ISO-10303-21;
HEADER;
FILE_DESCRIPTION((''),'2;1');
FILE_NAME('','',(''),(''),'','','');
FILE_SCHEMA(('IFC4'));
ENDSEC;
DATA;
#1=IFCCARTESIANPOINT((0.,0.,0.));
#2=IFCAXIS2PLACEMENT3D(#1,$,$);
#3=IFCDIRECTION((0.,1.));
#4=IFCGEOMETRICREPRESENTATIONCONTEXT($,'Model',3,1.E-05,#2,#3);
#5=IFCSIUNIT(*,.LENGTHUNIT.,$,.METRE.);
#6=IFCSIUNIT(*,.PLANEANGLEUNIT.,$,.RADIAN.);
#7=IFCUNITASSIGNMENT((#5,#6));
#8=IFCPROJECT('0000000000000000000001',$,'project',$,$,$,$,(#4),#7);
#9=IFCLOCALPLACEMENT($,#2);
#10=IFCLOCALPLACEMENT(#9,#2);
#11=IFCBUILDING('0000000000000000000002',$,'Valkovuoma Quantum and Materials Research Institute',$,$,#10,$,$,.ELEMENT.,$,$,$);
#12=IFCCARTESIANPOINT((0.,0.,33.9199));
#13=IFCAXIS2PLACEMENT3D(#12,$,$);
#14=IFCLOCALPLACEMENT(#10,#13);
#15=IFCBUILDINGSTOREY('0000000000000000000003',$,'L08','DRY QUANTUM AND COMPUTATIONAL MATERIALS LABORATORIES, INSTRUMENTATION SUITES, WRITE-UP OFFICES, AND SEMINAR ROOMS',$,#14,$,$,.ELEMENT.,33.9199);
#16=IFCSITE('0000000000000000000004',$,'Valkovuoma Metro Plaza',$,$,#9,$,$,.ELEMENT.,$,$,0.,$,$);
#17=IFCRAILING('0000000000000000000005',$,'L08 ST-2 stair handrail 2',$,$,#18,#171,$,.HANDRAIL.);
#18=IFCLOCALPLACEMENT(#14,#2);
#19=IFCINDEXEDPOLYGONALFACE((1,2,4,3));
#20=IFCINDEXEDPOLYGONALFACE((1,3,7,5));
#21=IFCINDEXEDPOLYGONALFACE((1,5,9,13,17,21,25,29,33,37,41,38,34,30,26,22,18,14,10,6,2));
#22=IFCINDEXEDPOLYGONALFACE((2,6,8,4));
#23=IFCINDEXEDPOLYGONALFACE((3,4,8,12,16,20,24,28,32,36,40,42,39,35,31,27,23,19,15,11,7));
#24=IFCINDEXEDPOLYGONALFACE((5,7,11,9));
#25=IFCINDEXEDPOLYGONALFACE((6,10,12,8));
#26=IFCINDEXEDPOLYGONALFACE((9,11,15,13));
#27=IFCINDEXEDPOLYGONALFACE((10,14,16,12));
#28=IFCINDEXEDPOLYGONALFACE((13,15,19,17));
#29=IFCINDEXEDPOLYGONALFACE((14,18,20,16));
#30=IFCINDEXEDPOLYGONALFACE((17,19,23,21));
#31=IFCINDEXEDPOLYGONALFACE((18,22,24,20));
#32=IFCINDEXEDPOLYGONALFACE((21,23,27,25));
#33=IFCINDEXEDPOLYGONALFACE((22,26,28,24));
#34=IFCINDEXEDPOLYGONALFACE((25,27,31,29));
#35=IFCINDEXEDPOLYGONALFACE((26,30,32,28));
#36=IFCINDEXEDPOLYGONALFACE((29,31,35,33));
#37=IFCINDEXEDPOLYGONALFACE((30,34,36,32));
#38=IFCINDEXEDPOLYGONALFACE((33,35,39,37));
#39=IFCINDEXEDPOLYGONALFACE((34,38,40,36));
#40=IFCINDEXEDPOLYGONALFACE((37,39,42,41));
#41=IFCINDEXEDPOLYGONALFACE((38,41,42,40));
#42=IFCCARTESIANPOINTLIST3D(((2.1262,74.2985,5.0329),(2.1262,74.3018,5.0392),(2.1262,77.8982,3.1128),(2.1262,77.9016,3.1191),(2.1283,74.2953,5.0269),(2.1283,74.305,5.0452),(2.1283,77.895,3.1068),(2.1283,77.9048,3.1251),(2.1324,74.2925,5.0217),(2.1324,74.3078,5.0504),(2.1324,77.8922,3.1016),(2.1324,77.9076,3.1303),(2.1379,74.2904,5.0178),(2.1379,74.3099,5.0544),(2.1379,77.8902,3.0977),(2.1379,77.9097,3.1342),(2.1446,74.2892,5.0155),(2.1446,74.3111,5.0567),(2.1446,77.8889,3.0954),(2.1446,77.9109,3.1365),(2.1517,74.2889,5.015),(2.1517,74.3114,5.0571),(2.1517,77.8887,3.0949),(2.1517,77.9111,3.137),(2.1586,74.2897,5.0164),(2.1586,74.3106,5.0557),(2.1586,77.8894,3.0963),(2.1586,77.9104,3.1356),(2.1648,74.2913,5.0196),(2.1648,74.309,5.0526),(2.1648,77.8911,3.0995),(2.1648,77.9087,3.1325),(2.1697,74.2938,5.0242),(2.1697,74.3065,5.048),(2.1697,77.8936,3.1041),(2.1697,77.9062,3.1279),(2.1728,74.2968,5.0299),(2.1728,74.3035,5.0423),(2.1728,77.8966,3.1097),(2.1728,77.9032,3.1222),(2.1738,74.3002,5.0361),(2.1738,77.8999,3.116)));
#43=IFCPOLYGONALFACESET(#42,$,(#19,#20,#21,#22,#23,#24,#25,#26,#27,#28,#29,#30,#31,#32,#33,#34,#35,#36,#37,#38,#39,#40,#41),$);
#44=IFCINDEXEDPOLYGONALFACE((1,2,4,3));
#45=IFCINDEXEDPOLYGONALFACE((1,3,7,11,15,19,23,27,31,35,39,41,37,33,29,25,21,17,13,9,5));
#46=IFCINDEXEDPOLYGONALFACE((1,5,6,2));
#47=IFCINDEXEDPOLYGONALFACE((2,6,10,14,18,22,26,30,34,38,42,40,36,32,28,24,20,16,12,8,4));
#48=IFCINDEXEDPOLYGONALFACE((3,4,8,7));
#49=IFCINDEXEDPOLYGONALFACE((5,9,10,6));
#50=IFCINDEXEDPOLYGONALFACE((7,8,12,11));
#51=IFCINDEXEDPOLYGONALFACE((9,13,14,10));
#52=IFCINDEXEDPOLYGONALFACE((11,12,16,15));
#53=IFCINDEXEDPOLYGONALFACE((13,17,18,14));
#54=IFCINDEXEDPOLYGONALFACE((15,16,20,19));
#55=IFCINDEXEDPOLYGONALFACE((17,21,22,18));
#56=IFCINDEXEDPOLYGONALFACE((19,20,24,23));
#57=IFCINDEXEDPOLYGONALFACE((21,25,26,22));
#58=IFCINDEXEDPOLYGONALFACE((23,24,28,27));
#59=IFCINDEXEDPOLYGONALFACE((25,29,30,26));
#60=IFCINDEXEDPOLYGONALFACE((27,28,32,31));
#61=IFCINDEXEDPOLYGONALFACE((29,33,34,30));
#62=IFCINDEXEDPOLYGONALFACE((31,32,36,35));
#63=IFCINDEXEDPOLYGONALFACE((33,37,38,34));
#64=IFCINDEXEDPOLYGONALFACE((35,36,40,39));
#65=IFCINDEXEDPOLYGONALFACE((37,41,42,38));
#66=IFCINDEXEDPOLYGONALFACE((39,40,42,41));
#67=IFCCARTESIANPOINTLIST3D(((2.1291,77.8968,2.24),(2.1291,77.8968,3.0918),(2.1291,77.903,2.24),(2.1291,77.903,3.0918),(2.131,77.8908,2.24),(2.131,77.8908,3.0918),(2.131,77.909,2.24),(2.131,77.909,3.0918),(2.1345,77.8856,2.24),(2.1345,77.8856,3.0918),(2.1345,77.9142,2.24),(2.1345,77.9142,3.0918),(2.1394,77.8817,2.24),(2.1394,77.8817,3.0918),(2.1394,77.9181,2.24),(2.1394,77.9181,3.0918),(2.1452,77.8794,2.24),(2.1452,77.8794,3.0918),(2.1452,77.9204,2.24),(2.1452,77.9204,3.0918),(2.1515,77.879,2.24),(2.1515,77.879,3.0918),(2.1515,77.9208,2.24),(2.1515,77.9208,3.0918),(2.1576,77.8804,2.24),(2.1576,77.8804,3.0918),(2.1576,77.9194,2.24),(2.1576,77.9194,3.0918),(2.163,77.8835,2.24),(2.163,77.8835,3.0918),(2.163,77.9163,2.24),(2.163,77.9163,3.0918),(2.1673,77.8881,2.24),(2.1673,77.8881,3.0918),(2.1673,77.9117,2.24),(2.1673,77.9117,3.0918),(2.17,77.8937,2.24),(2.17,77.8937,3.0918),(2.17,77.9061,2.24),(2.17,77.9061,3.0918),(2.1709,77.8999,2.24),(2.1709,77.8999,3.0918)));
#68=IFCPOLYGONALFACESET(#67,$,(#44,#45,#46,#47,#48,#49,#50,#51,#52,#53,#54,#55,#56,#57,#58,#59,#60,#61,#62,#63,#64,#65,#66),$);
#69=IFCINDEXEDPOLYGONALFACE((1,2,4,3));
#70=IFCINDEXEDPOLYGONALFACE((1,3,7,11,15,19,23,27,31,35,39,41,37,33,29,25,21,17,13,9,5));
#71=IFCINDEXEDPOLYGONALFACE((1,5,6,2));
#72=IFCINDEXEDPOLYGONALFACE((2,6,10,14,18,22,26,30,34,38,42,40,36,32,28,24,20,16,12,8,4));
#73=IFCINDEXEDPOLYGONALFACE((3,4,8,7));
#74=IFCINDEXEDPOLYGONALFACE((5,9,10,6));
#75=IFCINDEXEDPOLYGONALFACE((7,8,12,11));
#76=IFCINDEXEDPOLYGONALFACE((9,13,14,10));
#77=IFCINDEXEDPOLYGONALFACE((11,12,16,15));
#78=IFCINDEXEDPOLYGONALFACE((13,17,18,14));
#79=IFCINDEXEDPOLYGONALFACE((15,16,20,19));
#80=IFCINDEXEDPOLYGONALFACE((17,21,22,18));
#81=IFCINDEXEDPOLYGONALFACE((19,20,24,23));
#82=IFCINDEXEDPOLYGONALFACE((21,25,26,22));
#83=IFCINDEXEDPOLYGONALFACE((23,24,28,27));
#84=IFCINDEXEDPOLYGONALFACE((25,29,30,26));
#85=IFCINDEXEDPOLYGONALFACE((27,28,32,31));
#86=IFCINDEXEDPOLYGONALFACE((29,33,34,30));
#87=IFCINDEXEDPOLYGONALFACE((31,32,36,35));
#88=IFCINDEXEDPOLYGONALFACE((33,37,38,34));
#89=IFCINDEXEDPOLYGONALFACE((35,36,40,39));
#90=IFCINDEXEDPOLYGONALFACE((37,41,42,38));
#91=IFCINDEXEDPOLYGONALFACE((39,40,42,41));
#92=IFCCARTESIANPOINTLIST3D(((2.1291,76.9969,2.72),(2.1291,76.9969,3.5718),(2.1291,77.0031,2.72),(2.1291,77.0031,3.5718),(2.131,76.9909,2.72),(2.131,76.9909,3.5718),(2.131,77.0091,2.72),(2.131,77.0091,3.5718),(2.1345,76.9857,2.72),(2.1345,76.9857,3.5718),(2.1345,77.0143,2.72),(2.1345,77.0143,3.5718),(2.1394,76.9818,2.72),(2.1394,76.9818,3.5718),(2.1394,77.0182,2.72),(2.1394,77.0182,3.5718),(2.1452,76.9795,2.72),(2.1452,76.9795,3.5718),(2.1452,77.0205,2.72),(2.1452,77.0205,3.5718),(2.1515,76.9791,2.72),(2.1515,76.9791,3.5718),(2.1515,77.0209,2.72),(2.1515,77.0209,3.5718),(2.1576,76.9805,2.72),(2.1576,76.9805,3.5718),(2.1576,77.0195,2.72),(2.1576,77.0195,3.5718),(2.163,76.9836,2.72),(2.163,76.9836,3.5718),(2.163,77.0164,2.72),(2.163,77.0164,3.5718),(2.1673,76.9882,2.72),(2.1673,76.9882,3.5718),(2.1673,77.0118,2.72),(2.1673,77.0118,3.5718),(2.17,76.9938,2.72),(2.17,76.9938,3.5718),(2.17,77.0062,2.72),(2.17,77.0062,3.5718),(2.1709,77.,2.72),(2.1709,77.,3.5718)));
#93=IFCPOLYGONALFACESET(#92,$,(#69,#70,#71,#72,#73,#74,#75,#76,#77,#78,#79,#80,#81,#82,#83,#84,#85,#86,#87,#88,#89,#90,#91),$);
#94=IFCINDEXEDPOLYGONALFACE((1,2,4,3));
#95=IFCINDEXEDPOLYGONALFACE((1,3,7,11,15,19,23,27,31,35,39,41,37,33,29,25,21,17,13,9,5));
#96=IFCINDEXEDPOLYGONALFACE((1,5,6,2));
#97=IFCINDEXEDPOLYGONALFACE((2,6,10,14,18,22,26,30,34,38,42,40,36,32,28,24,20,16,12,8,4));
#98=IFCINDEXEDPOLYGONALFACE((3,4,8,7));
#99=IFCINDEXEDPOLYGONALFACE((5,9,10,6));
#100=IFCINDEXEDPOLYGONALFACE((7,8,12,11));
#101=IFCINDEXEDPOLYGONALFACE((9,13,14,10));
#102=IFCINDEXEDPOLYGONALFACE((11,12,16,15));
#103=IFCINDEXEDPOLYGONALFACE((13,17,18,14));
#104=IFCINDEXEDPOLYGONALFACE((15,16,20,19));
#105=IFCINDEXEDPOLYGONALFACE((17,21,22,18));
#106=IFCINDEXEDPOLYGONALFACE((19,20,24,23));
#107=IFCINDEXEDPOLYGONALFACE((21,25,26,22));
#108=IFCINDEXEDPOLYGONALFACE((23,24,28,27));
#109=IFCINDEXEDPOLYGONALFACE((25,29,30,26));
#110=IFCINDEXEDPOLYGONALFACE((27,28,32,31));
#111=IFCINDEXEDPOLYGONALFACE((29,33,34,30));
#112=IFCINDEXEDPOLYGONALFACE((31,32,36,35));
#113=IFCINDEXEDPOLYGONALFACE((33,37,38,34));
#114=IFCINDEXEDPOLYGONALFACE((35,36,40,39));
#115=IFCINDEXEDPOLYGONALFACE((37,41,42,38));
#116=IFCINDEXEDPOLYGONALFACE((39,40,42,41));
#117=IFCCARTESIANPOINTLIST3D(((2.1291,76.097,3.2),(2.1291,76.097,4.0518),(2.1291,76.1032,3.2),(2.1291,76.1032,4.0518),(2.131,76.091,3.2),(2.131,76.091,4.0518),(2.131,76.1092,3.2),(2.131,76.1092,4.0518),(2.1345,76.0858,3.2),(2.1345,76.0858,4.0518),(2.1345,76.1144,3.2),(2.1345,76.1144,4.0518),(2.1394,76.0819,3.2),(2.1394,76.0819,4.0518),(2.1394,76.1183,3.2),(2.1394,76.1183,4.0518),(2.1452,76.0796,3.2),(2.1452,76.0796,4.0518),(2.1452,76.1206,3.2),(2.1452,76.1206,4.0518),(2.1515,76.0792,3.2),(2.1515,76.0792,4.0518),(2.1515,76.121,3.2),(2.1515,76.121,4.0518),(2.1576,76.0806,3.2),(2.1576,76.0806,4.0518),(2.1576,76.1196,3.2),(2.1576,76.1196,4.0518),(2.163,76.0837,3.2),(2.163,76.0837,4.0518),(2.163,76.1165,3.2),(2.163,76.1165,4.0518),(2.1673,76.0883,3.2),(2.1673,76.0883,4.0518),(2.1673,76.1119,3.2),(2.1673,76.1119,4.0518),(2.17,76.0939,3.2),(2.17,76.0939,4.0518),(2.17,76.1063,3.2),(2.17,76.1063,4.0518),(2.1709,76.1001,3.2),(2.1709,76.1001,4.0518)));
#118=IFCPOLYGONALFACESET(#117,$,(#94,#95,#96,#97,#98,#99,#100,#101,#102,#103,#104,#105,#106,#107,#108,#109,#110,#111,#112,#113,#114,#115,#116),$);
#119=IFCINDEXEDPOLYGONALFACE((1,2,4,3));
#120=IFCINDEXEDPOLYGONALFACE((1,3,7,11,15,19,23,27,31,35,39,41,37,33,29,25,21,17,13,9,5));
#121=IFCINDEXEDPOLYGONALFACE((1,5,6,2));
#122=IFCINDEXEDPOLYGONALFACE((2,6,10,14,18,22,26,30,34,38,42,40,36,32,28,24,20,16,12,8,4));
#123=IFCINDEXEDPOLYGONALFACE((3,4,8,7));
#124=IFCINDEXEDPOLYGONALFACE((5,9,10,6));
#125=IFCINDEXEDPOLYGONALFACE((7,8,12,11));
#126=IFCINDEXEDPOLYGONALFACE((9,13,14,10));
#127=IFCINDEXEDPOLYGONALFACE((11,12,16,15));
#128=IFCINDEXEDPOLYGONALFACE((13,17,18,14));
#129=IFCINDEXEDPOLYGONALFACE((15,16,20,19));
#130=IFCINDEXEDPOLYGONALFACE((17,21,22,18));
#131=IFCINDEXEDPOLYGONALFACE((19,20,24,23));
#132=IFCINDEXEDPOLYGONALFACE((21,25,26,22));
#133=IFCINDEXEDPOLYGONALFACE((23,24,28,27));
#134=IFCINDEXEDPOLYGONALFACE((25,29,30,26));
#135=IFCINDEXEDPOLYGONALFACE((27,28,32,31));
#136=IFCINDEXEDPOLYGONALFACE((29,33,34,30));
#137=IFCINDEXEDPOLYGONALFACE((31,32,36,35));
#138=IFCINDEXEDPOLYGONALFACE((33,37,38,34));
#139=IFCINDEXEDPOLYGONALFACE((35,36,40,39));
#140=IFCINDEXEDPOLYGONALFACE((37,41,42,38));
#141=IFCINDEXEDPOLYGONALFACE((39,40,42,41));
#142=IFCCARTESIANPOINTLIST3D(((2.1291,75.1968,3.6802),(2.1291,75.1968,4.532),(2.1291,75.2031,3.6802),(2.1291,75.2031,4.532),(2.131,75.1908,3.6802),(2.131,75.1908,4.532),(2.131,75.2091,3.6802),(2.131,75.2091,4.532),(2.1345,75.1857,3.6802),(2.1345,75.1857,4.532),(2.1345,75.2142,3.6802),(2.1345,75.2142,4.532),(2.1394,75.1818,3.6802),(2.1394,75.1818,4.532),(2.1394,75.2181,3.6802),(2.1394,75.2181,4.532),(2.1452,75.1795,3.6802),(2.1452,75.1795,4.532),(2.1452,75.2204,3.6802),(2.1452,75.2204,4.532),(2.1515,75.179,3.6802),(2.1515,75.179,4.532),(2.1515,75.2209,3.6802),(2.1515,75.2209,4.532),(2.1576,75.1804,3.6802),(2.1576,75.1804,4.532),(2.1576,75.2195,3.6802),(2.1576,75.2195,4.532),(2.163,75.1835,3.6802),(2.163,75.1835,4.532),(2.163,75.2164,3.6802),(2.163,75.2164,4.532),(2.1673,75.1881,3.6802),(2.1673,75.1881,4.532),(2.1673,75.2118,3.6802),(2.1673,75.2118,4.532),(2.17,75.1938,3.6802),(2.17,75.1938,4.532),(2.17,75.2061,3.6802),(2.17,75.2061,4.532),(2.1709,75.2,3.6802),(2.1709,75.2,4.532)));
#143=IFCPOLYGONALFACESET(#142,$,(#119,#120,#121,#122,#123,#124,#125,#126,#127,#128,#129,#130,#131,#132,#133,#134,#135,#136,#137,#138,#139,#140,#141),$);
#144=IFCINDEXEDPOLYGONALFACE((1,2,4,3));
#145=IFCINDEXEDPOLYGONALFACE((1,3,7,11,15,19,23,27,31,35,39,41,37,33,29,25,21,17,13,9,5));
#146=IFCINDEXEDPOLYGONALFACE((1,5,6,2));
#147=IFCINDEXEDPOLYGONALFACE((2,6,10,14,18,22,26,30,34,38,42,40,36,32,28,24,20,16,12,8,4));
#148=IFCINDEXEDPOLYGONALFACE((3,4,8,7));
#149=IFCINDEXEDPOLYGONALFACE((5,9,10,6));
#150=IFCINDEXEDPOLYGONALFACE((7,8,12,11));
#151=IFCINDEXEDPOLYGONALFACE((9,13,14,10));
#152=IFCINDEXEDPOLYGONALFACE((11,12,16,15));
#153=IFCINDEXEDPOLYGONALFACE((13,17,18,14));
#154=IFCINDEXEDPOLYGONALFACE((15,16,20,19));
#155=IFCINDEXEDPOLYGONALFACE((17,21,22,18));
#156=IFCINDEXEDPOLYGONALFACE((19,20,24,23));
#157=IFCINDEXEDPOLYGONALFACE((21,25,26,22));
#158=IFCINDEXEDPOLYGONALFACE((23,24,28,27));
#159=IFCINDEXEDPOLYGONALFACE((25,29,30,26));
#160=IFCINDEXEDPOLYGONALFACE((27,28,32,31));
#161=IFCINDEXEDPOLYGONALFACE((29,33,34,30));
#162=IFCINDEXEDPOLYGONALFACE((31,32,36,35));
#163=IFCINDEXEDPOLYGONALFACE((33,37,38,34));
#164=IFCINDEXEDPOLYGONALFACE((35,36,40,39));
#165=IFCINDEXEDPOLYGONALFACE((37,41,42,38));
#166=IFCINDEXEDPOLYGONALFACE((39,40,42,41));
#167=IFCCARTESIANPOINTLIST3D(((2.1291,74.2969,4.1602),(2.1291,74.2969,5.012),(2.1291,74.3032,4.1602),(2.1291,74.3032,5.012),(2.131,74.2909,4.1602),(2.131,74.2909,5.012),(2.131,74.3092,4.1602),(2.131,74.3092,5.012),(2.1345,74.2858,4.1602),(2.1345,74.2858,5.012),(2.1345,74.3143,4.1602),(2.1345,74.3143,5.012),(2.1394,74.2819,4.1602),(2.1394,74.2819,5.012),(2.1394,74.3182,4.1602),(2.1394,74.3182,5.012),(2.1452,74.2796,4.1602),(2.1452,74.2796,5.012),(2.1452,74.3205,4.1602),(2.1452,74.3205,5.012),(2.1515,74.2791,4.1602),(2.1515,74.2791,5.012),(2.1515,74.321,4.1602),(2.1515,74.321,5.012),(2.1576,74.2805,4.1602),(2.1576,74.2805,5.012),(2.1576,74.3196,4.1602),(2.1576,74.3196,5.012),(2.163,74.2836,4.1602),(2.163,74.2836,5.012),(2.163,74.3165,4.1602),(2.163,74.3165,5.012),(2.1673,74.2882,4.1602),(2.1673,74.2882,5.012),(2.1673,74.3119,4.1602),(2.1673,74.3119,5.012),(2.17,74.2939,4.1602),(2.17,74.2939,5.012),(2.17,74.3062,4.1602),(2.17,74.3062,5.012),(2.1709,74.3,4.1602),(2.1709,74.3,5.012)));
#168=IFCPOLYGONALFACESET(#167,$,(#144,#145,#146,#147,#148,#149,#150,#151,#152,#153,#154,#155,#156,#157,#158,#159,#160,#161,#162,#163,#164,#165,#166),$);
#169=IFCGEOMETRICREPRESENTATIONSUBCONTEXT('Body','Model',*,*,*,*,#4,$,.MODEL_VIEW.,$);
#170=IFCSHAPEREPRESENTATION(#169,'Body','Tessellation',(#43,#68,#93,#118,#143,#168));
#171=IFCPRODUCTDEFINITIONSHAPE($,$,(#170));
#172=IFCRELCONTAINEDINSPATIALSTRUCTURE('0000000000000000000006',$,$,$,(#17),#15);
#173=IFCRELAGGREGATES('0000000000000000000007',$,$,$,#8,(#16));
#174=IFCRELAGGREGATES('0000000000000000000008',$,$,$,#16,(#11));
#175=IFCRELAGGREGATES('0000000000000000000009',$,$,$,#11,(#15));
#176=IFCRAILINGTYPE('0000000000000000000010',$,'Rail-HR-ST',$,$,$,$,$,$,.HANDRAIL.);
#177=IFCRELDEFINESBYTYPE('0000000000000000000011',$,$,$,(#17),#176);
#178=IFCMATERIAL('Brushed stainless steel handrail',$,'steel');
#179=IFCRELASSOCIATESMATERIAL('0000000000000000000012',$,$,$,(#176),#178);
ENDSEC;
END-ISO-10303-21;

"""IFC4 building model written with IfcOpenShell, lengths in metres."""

from ifc_helpers import new_model, si_unit, direction, frame, origin, origin_2d, place, context, subcontext, project, spatial, circle, extrude, material, type_object, element, save


model = new_model("IFC4")

# Units and contexts
model_context = context("Model", 3, precision=1e-05, world=origin(), true_north=direction((0.0, 1.0)))
body_context = subcontext(model_context, "Body", "Model", "MODEL_VIEW")
ifc_project = project(units=[si_unit("LENGTHUNIT", "METRE"), si_unit("PLANEANGLEUNIT", "RADIAN")], contexts=[model_context])

# Site, building, storey
site_placement = place(None, origin())
site = spatial("IfcSite", under=ifc_project, at=site_placement, Name="Valkovuoma Metro Plaza", CompositionType="ELEMENT", RefElevation=0.0)
building_placement = place(site_placement, origin())
building = spatial("IfcBuilding", under=site, at=building_placement, Name="Valkovuoma Quantum and Materials Research Institute", CompositionType="ELEMENT")
storey_placement = place(building_placement, frame((0.0, 0.0, 33.9199)))
storey = spatial("IfcBuildingStorey", under=building, at=storey_placement, Name="L08", Description="DRY QUANTUM AND COMPUTATIONAL MATERIALS LABORATORIES, INSTRUMENTATION SUITES, WRITE-UP OFFICES, AND SEMINAR ROOMS", CompositionType="ELEMENT", Elevation=33.9199)

# Railing
ifc_material_1 = material(Name="Brushed stainless steel handrail", Category="steel")
railing_type_1 = type_object("IfcRailingType", Name="Rail-HR-ST", PredefinedType="HANDRAIL", material=ifc_material_1)
railing_1_placement = place(storey_placement, frame((2.1499, 77.8999, 2.24)))
element("IfcRailing", 1, at=railing_1_placement, inside=storey, type_object=railing_type_1, Name="L08 ST-2 stair handrail 2", PredefinedType="HANDRAIL", context=body_context, shape_type="SweptSolid", body=[
    extrude(circle(Radius=0.0239, at=origin_2d()), frame((0.0, 0.0, 0.876), z_axis=(0.0, -0.882328, 0.470635), x_axis=(1.0, 0.0, 0.0)), (0.0, 0.0, 1.0), 4.0798),
    extrude(circle(Radius=0.021, at=origin_2d()), origin(), (0.0, 0.0, 1.0), 0.8518),
    extrude(circle(Radius=0.021, at=origin_2d()), frame((0.0, -0.8999, 0.48)), (0.0, 0.0, 1.0), 0.8518),
    extrude(circle(Radius=0.021, at=origin_2d()), frame((0.0, -1.7998, 0.96)), (0.0, 0.0, 1.0), 0.8518),
    extrude(circle(Radius=0.021, at=origin_2d()), frame((0.0, -2.7, 1.4402)), (0.0, 0.0, 1.0), 0.8518),
    extrude(circle(Radius=0.021, at=origin_2d()), frame((0.0, -3.5999, 1.9202)), (0.0, 0.0, 1.0), 0.8518),
])

save(model, "model.ifc")
